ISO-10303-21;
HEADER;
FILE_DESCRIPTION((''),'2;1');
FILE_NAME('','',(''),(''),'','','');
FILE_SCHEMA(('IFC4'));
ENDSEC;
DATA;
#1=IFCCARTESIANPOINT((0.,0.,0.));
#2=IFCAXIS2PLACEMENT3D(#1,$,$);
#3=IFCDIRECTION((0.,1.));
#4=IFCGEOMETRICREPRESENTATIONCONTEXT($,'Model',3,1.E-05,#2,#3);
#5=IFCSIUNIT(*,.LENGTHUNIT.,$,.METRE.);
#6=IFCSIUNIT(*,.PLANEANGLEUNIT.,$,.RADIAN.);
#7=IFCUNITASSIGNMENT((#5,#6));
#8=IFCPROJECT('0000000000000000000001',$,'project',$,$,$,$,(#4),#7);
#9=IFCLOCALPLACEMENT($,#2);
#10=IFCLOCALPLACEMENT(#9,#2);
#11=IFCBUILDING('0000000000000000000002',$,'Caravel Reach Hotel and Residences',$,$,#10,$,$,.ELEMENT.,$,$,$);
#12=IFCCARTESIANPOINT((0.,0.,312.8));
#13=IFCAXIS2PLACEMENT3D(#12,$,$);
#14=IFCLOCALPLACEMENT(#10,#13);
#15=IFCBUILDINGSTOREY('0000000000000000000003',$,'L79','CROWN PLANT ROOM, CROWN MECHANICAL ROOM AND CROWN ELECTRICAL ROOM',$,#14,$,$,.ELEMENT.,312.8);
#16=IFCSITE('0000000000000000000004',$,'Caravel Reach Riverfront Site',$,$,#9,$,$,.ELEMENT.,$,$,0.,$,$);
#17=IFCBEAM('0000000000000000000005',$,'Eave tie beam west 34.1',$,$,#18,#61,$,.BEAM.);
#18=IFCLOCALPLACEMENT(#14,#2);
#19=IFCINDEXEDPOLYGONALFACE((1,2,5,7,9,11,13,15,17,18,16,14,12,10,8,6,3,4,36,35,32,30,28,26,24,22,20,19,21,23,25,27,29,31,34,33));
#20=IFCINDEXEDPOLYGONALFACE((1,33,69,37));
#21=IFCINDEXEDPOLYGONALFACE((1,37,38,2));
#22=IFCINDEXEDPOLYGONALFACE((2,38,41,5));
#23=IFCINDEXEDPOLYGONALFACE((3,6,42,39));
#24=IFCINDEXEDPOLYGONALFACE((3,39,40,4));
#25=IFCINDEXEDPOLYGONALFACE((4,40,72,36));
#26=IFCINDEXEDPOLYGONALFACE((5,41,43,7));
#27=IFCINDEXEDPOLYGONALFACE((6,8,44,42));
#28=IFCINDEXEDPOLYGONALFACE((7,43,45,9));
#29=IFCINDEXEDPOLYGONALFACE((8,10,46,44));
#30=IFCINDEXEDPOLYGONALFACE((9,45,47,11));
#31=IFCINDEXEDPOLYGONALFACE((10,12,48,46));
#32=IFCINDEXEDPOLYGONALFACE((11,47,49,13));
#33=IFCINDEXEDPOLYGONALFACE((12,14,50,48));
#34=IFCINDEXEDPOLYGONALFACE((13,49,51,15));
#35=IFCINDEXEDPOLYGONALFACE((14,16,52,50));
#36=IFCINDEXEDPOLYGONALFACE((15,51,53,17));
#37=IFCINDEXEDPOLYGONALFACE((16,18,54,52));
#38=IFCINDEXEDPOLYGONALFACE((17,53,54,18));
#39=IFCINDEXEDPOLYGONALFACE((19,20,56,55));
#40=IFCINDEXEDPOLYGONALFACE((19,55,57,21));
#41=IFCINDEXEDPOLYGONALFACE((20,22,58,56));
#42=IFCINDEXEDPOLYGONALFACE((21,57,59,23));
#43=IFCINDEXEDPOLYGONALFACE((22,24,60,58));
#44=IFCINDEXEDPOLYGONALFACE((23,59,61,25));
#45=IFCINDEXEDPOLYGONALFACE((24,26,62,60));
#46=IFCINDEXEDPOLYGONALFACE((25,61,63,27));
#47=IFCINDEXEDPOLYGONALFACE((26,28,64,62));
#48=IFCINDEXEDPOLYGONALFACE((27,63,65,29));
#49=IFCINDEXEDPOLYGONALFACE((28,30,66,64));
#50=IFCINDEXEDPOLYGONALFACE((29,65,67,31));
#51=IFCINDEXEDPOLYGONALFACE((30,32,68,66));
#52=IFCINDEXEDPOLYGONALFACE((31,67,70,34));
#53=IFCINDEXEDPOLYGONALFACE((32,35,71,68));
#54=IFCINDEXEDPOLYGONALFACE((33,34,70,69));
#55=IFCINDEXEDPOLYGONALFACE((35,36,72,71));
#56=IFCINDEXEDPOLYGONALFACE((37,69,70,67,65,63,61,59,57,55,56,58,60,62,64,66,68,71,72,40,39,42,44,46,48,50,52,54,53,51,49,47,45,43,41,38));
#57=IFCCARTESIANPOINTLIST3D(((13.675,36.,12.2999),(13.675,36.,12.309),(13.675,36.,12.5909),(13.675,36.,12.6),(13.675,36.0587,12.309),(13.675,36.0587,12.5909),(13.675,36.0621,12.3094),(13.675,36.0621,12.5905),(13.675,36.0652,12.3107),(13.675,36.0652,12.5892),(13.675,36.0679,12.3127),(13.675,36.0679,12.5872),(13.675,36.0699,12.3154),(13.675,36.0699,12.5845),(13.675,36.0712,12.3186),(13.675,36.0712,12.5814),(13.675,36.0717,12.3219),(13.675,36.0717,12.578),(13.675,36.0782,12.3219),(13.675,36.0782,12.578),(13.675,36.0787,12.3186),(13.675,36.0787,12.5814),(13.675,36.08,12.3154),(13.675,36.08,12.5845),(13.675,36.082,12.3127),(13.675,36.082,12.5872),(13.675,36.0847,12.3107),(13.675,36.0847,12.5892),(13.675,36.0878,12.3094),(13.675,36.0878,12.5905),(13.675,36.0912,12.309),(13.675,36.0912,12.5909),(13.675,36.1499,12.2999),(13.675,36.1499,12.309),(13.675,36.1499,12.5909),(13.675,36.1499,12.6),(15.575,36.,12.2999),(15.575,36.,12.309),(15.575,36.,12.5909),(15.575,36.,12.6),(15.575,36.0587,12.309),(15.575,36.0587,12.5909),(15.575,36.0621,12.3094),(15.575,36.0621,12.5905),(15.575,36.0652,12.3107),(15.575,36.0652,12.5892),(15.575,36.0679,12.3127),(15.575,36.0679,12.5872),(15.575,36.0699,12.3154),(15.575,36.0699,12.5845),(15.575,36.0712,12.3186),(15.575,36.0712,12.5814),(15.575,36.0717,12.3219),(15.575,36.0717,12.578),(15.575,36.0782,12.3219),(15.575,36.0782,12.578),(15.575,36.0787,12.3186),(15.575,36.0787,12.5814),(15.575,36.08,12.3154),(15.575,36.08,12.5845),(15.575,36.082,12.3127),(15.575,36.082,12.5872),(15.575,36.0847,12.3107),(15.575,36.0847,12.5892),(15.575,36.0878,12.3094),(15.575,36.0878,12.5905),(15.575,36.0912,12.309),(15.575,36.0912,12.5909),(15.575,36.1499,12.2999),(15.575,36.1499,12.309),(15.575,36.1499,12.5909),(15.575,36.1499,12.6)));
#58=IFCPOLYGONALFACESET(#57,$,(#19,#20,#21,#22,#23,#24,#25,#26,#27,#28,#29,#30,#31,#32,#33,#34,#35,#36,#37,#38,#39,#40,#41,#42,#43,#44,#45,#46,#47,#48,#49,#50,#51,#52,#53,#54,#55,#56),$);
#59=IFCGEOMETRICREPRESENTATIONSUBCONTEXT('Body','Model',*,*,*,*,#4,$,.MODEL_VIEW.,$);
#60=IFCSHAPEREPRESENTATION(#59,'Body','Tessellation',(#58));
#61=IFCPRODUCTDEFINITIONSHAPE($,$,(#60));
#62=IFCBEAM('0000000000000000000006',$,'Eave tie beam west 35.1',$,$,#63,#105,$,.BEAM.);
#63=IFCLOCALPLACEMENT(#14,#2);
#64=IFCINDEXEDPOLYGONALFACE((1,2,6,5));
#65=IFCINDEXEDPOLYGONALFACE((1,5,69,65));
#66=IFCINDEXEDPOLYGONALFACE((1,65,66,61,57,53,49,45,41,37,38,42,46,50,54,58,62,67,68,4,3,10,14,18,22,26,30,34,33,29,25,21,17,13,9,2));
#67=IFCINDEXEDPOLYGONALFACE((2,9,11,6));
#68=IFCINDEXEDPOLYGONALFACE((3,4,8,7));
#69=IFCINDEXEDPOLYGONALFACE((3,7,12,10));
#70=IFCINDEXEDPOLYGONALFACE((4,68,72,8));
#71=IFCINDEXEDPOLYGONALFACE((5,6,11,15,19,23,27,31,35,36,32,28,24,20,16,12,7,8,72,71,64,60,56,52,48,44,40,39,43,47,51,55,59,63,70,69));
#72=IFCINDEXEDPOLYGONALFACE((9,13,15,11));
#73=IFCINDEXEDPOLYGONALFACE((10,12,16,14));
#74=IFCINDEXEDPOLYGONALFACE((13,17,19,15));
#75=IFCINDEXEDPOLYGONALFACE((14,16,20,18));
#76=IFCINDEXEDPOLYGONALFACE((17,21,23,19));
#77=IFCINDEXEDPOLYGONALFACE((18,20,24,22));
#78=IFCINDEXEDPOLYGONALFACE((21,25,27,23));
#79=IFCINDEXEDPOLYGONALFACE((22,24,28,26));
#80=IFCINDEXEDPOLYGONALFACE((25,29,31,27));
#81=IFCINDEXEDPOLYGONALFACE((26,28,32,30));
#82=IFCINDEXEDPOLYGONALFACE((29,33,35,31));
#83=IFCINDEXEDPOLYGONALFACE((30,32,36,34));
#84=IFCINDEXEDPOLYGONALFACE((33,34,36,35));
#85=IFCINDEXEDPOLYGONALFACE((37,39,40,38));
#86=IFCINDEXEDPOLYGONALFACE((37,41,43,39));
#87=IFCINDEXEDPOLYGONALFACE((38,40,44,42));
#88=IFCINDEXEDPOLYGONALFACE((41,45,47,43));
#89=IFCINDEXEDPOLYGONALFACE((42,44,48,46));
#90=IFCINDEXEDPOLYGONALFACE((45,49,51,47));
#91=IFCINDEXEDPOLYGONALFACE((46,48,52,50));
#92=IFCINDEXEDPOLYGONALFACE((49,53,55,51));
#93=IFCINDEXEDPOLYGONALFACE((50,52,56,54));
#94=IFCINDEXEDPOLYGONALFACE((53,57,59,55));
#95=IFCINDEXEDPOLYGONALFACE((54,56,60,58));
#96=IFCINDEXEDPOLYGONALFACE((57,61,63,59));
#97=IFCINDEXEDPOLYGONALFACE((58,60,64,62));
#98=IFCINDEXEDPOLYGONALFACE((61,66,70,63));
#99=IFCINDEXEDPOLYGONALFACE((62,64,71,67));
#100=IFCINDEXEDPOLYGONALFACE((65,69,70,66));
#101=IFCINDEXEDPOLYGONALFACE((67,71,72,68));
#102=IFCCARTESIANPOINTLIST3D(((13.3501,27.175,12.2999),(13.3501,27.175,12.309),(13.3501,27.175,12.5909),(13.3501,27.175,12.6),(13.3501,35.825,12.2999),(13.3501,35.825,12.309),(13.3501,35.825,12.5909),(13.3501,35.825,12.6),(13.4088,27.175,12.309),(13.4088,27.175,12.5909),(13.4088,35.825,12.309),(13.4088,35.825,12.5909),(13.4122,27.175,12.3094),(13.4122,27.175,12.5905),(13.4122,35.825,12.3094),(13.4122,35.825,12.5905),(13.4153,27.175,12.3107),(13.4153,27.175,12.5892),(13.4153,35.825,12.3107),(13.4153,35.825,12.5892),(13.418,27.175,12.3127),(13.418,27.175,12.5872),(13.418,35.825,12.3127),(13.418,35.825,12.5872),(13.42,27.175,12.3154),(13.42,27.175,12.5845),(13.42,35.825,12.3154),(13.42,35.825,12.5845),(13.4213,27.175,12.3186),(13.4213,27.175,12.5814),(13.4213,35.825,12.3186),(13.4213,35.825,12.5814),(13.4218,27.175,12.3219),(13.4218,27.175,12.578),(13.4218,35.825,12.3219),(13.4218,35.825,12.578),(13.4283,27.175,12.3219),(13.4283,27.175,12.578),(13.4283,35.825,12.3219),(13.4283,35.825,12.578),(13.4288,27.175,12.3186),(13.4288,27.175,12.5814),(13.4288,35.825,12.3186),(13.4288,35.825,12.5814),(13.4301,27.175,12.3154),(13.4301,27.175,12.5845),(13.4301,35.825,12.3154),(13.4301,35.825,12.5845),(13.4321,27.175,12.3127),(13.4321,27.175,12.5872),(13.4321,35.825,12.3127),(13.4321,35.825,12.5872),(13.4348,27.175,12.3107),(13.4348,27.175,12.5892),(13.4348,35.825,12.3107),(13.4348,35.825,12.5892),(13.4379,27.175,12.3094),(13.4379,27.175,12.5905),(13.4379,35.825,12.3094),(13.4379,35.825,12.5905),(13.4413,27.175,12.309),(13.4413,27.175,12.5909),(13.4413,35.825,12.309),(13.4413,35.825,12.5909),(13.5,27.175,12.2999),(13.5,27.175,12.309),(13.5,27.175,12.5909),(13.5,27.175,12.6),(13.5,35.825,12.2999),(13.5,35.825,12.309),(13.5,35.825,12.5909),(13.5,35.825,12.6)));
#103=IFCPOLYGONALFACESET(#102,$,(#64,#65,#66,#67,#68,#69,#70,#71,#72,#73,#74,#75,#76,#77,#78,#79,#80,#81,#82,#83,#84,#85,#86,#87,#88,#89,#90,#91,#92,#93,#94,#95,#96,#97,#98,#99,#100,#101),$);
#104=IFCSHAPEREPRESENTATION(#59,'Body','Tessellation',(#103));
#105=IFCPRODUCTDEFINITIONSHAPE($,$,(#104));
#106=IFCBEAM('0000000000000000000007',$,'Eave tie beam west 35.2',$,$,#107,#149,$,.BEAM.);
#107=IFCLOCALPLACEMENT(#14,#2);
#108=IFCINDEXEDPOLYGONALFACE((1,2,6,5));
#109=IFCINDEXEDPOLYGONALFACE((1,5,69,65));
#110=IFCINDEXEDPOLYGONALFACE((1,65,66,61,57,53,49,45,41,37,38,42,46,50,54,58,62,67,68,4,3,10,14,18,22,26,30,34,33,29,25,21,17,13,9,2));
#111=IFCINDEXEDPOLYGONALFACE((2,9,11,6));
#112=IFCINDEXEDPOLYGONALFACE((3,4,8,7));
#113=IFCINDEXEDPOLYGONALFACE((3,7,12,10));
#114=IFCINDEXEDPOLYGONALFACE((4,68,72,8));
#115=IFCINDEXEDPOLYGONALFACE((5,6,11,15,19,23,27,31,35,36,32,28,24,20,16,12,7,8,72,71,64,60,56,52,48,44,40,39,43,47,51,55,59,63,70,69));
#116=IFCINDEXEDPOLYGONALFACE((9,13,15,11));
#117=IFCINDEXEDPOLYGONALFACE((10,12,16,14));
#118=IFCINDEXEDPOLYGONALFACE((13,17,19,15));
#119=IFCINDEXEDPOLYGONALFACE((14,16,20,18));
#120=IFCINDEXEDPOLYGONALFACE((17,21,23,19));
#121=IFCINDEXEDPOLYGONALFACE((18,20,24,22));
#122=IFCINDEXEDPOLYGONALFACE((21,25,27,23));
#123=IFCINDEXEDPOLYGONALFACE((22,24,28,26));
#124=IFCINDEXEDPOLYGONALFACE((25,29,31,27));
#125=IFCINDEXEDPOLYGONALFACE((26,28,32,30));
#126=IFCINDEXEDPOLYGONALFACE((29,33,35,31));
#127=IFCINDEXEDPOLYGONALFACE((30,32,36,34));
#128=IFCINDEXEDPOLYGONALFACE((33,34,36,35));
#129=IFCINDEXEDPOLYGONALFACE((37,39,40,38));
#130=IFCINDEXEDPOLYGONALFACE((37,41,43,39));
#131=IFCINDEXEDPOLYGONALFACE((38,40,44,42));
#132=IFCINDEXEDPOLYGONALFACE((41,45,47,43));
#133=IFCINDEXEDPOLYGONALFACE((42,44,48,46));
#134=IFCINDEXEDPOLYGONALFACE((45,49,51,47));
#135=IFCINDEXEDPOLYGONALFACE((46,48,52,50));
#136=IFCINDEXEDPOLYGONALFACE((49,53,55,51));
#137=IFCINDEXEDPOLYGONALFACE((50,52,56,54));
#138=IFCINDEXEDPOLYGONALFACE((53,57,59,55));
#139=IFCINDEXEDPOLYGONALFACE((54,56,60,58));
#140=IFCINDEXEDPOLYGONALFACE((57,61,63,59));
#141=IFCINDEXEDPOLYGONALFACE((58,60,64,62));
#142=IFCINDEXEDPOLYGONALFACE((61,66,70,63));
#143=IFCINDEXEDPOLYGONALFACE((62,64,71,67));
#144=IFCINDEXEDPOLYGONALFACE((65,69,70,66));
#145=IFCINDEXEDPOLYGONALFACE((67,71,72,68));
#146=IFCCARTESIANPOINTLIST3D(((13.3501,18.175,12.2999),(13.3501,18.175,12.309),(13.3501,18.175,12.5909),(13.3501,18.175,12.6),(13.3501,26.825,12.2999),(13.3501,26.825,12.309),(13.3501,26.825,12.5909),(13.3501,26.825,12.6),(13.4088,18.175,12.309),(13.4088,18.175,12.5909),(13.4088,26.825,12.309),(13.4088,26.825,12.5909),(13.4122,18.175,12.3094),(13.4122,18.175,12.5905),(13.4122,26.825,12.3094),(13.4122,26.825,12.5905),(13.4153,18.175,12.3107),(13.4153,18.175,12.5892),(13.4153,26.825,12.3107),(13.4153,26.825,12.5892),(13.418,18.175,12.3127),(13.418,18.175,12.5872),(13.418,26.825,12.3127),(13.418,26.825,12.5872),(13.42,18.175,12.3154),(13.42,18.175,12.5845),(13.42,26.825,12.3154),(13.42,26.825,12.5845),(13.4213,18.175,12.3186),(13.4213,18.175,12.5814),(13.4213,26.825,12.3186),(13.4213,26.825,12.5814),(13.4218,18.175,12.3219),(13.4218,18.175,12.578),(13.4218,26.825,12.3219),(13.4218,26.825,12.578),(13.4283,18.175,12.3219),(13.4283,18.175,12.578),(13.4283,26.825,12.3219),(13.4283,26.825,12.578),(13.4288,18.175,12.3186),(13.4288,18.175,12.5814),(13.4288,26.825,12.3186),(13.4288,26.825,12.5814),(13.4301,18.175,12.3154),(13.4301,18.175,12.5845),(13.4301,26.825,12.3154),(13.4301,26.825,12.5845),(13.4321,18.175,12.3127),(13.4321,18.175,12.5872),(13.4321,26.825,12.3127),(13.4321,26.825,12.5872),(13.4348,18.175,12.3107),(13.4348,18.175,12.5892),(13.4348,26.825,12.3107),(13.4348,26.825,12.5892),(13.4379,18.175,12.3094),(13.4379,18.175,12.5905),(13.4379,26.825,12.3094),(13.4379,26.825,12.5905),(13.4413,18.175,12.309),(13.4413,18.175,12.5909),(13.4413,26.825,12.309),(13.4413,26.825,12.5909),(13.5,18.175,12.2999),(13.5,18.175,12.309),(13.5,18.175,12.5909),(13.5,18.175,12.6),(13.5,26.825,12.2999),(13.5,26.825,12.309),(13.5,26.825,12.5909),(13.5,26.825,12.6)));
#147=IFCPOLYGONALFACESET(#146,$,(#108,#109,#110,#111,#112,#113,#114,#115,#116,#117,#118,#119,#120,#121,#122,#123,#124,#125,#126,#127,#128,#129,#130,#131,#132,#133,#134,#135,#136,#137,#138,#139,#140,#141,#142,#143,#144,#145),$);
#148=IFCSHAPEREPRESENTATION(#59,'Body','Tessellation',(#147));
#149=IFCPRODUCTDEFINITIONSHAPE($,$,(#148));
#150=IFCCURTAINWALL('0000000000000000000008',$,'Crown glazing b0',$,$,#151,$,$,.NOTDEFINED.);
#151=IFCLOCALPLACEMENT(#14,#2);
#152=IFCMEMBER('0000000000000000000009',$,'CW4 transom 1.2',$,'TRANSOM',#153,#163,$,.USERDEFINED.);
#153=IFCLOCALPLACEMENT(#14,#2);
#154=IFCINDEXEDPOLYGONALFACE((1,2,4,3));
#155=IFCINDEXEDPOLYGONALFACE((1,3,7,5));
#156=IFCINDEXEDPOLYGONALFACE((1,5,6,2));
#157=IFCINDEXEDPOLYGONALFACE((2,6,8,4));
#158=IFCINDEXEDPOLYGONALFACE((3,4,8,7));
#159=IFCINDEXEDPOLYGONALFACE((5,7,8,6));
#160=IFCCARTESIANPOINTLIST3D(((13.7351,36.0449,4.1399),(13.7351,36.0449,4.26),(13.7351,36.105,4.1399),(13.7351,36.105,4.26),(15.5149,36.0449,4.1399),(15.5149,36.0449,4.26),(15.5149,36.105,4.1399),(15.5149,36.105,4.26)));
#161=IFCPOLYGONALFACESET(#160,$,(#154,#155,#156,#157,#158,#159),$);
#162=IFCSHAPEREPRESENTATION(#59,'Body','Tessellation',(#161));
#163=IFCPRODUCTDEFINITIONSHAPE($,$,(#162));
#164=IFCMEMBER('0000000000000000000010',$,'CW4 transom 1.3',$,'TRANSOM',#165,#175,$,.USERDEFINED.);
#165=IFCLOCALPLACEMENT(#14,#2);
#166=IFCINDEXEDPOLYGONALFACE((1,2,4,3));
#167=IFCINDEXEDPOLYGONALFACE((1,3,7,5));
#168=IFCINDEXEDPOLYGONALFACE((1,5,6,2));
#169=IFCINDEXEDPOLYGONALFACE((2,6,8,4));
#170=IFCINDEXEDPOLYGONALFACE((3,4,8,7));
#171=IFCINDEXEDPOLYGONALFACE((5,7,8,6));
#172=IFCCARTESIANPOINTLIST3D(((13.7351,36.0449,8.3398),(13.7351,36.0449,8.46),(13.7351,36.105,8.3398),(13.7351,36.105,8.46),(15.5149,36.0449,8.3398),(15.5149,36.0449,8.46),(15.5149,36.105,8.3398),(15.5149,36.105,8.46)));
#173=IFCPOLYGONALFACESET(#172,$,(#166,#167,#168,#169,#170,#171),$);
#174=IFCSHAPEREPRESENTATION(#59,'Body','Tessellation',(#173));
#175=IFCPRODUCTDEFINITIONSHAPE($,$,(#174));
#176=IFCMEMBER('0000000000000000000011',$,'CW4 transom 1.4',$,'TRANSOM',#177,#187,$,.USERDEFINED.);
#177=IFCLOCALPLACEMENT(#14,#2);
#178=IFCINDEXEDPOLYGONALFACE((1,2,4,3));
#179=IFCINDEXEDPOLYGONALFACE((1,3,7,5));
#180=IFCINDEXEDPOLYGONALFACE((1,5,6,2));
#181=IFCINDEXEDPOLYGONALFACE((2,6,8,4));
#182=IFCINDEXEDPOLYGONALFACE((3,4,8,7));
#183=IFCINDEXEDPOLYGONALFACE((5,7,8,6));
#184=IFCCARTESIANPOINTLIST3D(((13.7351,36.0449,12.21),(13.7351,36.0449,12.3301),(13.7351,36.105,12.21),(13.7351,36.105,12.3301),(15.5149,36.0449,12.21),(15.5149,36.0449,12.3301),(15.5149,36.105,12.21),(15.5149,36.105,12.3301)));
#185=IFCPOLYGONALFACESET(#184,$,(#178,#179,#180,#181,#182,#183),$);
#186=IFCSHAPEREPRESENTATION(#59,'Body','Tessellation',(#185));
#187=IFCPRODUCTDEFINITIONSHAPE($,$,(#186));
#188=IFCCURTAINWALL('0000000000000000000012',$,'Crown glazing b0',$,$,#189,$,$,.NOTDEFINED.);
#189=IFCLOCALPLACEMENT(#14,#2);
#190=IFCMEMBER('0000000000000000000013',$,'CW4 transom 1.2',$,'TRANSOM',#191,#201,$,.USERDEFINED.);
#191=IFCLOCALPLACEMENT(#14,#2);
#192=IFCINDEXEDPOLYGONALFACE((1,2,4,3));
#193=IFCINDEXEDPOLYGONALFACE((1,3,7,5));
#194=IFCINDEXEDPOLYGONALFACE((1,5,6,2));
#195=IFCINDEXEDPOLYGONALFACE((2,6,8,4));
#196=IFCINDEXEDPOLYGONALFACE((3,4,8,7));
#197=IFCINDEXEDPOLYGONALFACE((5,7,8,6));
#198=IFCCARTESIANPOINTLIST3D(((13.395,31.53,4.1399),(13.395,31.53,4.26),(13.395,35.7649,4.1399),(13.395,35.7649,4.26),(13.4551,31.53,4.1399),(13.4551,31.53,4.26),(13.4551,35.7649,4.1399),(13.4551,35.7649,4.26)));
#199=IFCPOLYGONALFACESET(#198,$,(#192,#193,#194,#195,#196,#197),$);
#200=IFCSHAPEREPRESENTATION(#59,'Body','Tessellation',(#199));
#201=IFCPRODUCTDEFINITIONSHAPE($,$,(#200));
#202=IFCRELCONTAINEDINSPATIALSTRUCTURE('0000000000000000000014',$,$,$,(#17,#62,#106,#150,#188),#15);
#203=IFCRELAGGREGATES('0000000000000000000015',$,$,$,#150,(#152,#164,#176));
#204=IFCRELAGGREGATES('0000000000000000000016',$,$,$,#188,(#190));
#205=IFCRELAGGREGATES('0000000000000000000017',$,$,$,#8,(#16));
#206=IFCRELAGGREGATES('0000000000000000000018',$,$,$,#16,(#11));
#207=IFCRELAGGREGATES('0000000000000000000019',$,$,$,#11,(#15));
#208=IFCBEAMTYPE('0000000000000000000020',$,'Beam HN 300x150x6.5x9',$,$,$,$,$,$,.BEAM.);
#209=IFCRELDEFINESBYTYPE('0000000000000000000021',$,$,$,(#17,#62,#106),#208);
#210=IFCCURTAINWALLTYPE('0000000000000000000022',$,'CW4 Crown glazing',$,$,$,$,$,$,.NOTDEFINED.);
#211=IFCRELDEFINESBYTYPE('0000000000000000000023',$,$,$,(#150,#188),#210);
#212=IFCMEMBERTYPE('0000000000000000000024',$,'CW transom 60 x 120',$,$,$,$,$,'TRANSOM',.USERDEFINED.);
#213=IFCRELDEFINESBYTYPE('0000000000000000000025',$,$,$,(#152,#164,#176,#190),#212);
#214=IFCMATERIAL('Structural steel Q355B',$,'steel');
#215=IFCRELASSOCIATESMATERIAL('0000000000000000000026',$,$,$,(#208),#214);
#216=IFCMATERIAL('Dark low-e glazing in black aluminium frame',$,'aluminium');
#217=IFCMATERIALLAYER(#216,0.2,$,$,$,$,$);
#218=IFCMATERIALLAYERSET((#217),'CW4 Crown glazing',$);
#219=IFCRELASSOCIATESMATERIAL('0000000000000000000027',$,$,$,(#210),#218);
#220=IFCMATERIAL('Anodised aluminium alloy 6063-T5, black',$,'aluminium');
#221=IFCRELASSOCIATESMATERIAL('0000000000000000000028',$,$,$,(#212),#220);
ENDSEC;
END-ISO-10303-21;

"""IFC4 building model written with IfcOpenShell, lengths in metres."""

from ifc_helpers import new_model, si_unit, direction, frame, origin, origin_2d, place, context, subcontext, project, spatial, rectangle, i_section, extrude, material, layer, layer_set, material_profile, profile_set, type_object, element, aggregate, save


model = new_model("IFC4")

# Units and contexts
model_context = context("Model", 3, precision=1e-05, world=origin(), true_north=direction((0.0, 1.0)))
body_context = subcontext(model_context, "Body", "Model", "MODEL_VIEW")
ifc_project = project(units=[si_unit("LENGTHUNIT", "METRE"), si_unit("PLANEANGLEUNIT", "RADIAN")], contexts=[model_context])

# Site, building, storey
site_placement = place(None, origin())
site = spatial("IfcSite", under=ifc_project, at=site_placement, Name="Caravel Reach Riverfront Site", CompositionType="ELEMENT", RefElevation=0.0)
building_placement = place(site_placement, origin())
building = spatial("IfcBuilding", under=site, at=building_placement, Name="Caravel Reach Hotel and Residences", CompositionType="ELEMENT")
storey_placement = place(building_placement, frame((0.0, 0.0, 312.8)))
storey = spatial("IfcBuildingStorey", under=building, at=storey_placement, Name="L79", Description="CROWN PLANT ROOM, CROWN MECHANICAL ROOM AND CROWN ELECTRICAL ROOM", CompositionType="ELEMENT", Elevation=312.8)

# Beams
ifc_material_1 = material(Name="Structural steel Q355B", Category="steel")
ifc_material_profile_1 = material_profile(ifc_material_1, i_section(OverallWidth=0.1499, OverallDepth=0.3, WebThickness=0.0066, FlangeThickness=0.009, FilletRadius=0.0129, at=origin_2d()), Name="HN 300x150x6.5x9")
ifc_profile_set_1 = profile_set([ifc_material_profile_1], Name="Structural steel Q355B")
beam_type = type_object("IfcBeamType", Name="Beam HN 300x150x6.5x9", PredefinedType="BEAM", material=ifc_profile_set_1)
beam_placement = place(storey_placement, frame((15.575, 36.075, 12.45), z_axis=(-1.0, 0.0, 0.0), x_axis=(0.0, -1.0, 0.0)))
element("IfcBeam", 1, at=beam_placement, inside=storey, type_object=beam_type, Name="Eave tie beam west 34.1", PredefinedType="BEAM", context=body_context, shape_type="SweptSolid", body=[
    extrude(i_section(OverallWidth=0.1499, OverallDepth=0.3, WebThickness=0.0066, FlangeThickness=0.009, FilletRadius=0.0129, at=origin_2d()), origin(), (0.0, 0.0, 1.0), 1.8999),
])
for number, where, z_axis, x_axis, name in (
    (2, (13.425, 35.825, 12.45), (0.0, -1.0, 0.0), (1.0, 0.0, 0.0), "Eave tie beam west 35.1"),
    (3, (13.425, 26.825, 12.45), (0.0, -1.0, 0.0), (1.0, 0.0, 0.0), "Eave tie beam west 35.2"),
):
    element("IfcBeam", number, at=place(storey_placement, frame(where, z_axis=z_axis, x_axis=x_axis)), inside=storey, type_object=beam_type, Name=name, PredefinedType="BEAM", context=body_context, shape_type="SweptSolid", body=[
        extrude(i_section(OverallWidth=0.1499, OverallDepth=0.3, WebThickness=0.0066, FlangeThickness=0.009, FilletRadius=0.0129, at=origin_2d()), origin(), (0.0, 0.0, 1.0), 8.6499),
    ])

# Curtain walls, members
ifc_material_2 = material(Name="Dark low-e glazing in black aluminium frame", Category="aluminium")
ifc_layer_1 = layer(ifc_material_2, 0.2)
ifc_layer_set_1 = layer_set([ifc_layer_1], Name="CW4 Crown glazing")
curtain_wall_type = type_object("IfcCurtainWallType", Name="CW4 Crown glazing", PredefinedType="NOTDEFINED", material=ifc_layer_set_1)
curtain_wall_1_placement = place(storey_placement, origin())
curtain_wall_1 = element("IfcCurtainWall", 4, at=curtain_wall_1_placement, inside=storey, type_object=curtain_wall_type, Name="Crown glazing b0", PredefinedType="NOTDEFINED")
ifc_material_3 = material(Name="Anodised aluminium alloy 6063-T5, black", Category="aluminium")
ifc_material_profile_2 = material_profile(ifc_material_3, rectangle(XDim=0.0601, YDim=0.1201, at=origin_2d()), Name="CW transom 60 x 120")
ifc_profile_set_2 = profile_set([ifc_material_profile_2], Name="Anodised aluminium alloy 6063-T5, black")
member_type = type_object("IfcMemberType", Name="CW transom 60 x 120", ElementType="TRANSOM", PredefinedType="USERDEFINED", material=ifc_profile_set_2)
member_1_placement = place(storey_placement, frame((15.5149, 36.075, 4.2), z_axis=(-1.0, 0.0, 0.0), x_axis=(0.0, -1.0, 0.0)))
member_1 = element("IfcMember", 5, at=member_1_placement, type_object=member_type, Name="CW4 transom 1.2", ObjectType="TRANSOM", PredefinedType="USERDEFINED", context=body_context, shape_type="SweptSolid", body=[
    extrude(rectangle(XDim=0.0601, YDim=0.1201, at=origin_2d()), origin(), (0.0, 0.0, 1.0), 1.7798),
])
member_2_placement = place(storey_placement, frame((15.5149, 36.075, 8.3999), z_axis=(-1.0, 0.0, 0.0), x_axis=(0.0, -1.0, 0.0)))
member_2 = element("IfcMember", 6, at=member_2_placement, type_object=member_type, Name="CW4 transom 1.3", ObjectType="TRANSOM", PredefinedType="USERDEFINED", context=body_context, shape_type="SweptSolid", body=[
    extrude(rectangle(XDim=0.0601, YDim=0.1201, at=origin_2d()), origin(), (0.0, 0.0, 1.0), 1.7798),
])
member_3_placement = place(storey_placement, frame((15.5149, 36.075, 12.27), z_axis=(-1.0, 0.0, 0.0), x_axis=(0.0, -1.0, 0.0)))
member_3 = element("IfcMember", 7, at=member_3_placement, type_object=member_type, Name="CW4 transom 1.4", ObjectType="TRANSOM", PredefinedType="USERDEFINED", context=body_context, shape_type="SweptSolid", body=[
    extrude(rectangle(XDim=0.0601, YDim=0.1201, at=origin_2d()), origin(), (0.0, 0.0, 1.0), 1.7798),
])
curtain_wall_2_placement = place(storey_placement, origin())
curtain_wall_2 = element("IfcCurtainWall", 8, at=curtain_wall_2_placement, inside=storey, type_object=curtain_wall_type, Name="Crown glazing b0", PredefinedType="NOTDEFINED")
member_4_placement = place(storey_placement, frame((13.425, 35.7649, 4.2), z_axis=(0.0, -1.0, 0.0), x_axis=(1.0, 0.0, 0.0)))
member_4 = element("IfcMember", 9, at=member_4_placement, type_object=member_type, Name="CW4 transom 1.2", ObjectType="TRANSOM", PredefinedType="USERDEFINED", context=body_context, shape_type="SweptSolid", body=[
    extrude(rectangle(XDim=0.0601, YDim=0.1201, at=origin_2d()), origin(), (0.0, 0.0, 1.0), 4.2349),
])

aggregate(curtain_wall_1, [member_1, member_2, member_3])
aggregate(curtain_wall_2, [member_4])

save(model, "model.ifc")
